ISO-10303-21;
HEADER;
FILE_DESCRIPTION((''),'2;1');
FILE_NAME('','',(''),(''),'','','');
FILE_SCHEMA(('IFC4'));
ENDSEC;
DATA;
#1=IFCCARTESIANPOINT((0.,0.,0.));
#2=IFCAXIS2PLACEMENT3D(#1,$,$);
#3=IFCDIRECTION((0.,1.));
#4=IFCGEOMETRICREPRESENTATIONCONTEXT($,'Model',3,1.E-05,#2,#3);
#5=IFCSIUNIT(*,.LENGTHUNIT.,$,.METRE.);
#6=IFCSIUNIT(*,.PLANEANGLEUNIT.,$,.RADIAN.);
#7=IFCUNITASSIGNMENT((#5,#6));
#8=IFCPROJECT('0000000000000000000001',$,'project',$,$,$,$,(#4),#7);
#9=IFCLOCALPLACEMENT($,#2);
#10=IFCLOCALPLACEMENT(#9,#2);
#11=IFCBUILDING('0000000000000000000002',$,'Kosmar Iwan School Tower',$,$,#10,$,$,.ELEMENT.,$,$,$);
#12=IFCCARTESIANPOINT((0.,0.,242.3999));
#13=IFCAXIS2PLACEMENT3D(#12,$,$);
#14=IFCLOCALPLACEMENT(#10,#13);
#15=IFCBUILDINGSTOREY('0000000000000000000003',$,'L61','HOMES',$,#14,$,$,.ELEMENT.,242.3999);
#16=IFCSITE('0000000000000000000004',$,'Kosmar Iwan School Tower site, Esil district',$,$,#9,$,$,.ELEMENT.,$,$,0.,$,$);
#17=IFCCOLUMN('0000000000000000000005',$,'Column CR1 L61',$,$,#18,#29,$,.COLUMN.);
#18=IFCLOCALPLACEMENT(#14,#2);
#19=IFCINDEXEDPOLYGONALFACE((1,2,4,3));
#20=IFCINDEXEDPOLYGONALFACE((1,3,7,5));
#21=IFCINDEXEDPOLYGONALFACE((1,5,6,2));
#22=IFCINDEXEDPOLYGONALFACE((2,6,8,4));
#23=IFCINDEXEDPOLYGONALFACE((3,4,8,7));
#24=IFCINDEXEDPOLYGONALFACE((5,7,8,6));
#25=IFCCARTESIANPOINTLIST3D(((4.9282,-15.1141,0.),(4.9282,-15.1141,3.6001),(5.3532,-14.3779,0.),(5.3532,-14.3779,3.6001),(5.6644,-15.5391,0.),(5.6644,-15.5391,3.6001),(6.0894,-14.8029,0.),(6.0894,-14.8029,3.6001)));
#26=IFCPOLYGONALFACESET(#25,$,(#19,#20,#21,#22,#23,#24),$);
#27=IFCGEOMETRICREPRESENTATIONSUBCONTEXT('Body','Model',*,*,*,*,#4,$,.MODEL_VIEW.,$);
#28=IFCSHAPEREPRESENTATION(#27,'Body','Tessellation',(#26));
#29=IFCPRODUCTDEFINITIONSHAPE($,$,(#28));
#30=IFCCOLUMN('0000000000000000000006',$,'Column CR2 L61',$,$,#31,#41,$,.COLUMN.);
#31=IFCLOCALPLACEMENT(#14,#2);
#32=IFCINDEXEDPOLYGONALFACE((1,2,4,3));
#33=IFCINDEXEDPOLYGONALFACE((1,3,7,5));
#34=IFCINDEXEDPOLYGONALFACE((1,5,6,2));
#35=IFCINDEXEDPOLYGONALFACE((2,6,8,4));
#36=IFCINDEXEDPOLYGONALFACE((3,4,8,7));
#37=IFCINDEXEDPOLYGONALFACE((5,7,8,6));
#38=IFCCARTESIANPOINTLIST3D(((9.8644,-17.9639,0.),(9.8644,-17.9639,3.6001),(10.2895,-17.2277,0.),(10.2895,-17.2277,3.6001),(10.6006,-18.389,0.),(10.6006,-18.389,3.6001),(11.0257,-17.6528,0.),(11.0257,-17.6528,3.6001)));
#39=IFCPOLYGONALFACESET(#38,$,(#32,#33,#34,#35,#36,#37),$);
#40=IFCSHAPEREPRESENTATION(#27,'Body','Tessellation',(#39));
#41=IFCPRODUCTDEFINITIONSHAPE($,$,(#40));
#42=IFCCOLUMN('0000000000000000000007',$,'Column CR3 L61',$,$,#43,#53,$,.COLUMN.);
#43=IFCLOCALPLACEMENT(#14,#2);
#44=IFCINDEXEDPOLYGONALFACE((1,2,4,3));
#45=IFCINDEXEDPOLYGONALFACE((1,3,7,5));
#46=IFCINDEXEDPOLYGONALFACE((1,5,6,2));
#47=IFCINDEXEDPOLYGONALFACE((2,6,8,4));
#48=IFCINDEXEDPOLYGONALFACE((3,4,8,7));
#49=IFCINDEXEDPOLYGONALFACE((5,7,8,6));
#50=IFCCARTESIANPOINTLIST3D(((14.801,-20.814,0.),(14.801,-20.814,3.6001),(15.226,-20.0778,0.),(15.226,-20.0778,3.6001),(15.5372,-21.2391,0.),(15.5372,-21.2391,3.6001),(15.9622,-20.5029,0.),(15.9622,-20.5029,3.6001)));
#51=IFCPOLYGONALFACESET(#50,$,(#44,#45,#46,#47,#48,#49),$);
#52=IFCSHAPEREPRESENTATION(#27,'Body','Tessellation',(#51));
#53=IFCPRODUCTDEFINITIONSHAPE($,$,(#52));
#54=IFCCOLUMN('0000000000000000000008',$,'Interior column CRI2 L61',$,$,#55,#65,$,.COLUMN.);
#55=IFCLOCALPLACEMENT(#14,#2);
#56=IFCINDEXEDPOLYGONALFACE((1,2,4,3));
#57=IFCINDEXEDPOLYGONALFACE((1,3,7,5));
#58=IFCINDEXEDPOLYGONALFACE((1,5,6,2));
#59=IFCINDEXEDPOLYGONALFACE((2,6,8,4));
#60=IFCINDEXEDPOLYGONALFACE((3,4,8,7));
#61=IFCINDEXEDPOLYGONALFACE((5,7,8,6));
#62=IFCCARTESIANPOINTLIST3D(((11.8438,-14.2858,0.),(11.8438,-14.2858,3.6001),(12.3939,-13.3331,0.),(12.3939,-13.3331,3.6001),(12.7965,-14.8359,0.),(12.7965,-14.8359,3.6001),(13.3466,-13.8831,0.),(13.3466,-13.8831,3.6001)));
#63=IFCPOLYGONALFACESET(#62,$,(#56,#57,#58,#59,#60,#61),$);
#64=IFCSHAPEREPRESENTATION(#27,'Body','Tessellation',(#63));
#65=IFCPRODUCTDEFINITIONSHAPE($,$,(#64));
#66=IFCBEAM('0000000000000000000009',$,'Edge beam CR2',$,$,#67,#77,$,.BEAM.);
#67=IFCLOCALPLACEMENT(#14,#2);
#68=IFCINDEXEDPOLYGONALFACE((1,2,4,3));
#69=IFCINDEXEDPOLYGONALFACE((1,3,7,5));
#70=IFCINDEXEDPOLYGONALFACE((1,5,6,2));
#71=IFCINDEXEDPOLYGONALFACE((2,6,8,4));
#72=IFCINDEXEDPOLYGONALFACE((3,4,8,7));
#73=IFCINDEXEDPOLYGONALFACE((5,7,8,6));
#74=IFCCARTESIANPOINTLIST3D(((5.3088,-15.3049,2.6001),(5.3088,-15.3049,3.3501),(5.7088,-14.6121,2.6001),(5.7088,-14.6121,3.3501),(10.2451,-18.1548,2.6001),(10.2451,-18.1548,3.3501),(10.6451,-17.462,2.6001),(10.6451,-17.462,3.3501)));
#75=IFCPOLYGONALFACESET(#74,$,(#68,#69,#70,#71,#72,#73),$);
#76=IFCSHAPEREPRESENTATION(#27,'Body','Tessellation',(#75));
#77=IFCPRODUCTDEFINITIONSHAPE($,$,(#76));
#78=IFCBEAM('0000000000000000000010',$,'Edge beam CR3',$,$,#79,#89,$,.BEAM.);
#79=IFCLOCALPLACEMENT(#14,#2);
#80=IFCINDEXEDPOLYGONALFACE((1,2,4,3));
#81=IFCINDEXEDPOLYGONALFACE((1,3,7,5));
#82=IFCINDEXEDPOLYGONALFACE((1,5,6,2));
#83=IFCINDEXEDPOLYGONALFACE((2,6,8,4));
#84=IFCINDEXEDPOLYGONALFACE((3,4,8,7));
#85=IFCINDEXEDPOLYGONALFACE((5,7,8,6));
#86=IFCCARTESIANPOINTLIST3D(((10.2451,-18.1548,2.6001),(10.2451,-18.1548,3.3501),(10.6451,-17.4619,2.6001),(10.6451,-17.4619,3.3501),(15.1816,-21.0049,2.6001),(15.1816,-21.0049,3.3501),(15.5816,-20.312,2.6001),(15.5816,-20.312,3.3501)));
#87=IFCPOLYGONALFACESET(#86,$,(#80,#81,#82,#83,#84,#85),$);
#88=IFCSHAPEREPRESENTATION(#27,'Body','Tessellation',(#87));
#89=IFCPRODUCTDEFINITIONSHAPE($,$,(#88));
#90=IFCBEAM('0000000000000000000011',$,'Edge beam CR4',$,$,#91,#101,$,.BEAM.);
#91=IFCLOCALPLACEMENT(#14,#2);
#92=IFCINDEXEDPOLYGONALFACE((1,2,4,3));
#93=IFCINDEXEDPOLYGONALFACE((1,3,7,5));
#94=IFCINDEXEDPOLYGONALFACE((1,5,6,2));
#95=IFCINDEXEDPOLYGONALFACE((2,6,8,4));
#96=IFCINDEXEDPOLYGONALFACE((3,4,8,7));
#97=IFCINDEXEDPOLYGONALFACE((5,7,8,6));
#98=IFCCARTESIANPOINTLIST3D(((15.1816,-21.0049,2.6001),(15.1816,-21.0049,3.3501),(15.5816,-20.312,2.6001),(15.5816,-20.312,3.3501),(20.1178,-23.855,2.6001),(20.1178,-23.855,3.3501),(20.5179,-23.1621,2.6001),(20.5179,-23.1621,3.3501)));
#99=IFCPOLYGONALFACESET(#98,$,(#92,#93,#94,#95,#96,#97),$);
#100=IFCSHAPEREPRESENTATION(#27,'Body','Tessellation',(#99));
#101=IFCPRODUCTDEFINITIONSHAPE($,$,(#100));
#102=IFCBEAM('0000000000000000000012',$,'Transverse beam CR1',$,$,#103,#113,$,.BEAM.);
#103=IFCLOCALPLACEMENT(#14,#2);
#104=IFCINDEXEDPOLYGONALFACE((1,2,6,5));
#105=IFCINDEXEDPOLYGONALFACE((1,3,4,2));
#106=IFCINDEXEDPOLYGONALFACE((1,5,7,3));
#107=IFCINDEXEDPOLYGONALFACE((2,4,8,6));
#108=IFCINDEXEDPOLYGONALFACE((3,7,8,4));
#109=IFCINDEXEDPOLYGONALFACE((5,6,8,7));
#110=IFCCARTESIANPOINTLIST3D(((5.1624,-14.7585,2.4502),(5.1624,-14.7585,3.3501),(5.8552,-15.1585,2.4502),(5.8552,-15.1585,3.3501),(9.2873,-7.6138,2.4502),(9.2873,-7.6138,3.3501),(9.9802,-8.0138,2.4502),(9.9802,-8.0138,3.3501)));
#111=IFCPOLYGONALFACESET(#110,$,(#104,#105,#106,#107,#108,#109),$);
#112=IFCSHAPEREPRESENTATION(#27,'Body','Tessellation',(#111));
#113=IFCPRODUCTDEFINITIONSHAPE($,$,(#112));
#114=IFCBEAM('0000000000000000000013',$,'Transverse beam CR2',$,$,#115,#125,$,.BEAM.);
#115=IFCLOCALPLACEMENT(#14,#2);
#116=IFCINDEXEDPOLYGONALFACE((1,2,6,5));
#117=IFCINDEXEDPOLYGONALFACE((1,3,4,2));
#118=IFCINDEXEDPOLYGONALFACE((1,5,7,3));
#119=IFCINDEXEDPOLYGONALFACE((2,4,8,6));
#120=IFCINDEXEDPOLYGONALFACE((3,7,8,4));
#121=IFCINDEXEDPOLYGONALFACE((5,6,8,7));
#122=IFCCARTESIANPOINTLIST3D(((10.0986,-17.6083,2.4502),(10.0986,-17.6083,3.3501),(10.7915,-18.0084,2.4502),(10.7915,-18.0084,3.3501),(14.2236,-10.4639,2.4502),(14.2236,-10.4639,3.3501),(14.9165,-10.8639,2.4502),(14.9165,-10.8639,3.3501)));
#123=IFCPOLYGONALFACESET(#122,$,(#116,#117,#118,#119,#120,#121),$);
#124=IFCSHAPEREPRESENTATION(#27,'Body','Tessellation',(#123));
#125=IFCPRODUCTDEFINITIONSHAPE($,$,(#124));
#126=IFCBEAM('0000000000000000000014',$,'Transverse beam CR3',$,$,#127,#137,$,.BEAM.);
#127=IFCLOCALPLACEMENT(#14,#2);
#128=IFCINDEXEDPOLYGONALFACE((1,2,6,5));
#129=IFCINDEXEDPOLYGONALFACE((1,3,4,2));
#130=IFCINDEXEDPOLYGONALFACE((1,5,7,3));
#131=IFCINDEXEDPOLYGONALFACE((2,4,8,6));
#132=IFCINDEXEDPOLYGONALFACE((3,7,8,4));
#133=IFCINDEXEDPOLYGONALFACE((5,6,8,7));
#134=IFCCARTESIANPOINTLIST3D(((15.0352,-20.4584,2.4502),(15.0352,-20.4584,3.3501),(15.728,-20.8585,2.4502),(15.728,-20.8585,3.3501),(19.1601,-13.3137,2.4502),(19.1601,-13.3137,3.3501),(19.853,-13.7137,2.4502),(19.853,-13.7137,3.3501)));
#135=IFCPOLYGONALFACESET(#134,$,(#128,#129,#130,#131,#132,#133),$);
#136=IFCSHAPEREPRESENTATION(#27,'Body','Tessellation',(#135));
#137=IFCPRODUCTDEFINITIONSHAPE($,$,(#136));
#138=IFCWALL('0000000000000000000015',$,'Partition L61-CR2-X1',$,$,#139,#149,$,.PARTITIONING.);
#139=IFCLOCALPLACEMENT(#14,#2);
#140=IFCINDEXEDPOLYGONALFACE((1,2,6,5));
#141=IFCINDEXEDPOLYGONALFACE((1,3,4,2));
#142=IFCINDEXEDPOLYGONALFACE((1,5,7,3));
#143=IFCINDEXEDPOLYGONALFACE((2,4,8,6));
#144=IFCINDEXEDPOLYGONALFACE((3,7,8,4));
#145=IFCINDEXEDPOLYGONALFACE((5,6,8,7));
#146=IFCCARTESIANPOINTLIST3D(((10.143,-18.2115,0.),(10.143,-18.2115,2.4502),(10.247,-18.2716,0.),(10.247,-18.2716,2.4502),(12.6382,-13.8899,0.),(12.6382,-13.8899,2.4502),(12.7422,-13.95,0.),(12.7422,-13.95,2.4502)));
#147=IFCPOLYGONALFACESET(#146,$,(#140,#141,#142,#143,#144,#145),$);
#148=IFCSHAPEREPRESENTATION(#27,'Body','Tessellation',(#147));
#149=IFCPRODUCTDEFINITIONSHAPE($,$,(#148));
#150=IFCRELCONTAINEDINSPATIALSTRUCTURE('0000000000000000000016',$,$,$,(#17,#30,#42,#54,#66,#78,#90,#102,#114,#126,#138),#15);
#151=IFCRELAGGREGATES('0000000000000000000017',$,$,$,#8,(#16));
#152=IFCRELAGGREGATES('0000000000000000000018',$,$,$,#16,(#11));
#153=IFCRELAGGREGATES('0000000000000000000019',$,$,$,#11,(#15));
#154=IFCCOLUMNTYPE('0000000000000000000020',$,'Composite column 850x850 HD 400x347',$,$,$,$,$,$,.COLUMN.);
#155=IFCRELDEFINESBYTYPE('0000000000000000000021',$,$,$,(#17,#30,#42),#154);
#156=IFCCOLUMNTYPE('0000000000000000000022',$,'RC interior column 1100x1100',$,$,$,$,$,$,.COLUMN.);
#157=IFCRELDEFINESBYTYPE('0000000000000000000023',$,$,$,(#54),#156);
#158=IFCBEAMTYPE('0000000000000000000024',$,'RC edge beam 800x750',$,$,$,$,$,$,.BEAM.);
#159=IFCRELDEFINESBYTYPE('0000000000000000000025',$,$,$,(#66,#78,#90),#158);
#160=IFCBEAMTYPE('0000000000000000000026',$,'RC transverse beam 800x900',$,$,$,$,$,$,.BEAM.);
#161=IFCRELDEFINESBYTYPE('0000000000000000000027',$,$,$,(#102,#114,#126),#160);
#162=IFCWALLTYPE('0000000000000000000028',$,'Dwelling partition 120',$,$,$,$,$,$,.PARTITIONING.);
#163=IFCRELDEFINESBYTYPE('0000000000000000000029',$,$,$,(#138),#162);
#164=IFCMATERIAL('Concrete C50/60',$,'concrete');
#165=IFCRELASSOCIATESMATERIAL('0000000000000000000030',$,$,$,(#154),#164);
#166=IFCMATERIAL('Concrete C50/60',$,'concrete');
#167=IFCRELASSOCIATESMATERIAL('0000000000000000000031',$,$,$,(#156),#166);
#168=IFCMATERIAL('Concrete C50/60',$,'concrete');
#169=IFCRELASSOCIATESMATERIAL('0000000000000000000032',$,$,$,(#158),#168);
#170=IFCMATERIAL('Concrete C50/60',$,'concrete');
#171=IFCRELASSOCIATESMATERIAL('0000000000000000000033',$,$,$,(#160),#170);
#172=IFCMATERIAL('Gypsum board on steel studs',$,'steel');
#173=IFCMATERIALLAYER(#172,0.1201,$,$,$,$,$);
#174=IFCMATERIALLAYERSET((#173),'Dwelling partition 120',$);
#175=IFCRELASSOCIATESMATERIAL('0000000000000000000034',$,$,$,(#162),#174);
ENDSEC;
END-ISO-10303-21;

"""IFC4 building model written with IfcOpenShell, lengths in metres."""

from ifc_helpers import new_model, si_unit, direction, frame, frame_2d, origin, origin_2d, place, context, subcontext, project, spatial, rectangle, extrude, material, layer, layer_set, material_profile, profile_set, type_object, element, save


model = new_model("IFC4")

# Units and contexts
model_context = context("Model", 3, precision=1e-05, world=origin(), true_north=direction((0.0, 1.0)))
body_context = subcontext(model_context, "Body", "Model", "MODEL_VIEW")
ifc_project = project(units=[si_unit("LENGTHUNIT", "METRE"), si_unit("PLANEANGLEUNIT", "RADIAN")], contexts=[model_context])

# Site, building, storey
site_placement = place(None, origin())
site = spatial("IfcSite", under=ifc_project, at=site_placement, Name="Kosmar Iwan School Tower site, Esil district", CompositionType="ELEMENT", RefElevation=0.0)
building_placement = place(site_placement, origin())
building = spatial("IfcBuilding", under=site, at=building_placement, Name="Kosmar Iwan School Tower", CompositionType="ELEMENT")
storey_placement = place(building_placement, frame((0.0, 0.0, 242.3999)))
storey = spatial("IfcBuildingStorey", under=building, at=storey_placement, Name="L61", Description="HOMES", CompositionType="ELEMENT", Elevation=242.3999)

# Columns
ifc_material_1 = material(Name="Concrete C50/60", Category="concrete")
ifc_material_profile_1 = material_profile(ifc_material_1, rectangle(XDim=0.8501, YDim=0.8501, at=origin_2d()), Name="RC 850x850 + HD 400x347")
ifc_profile_set_1 = profile_set([ifc_material_profile_1], Name="Concrete C50/60")
column_type_1 = type_object("IfcColumnType", Name="Composite column 850x850 HD 400x347", PredefinedType="COLUMN", material=ifc_profile_set_1)
for number, where, z_axis, x_axis, name in (
    (1, (5.5088, -14.9585, 0.0), (0.0, 0.0, 1.0), (0.866025, -0.5, 0.0), "Column CR1 L61"),
    (2, (10.4451, -17.8083, 0.0), (0.0, 0.0, 1.0), (0.866025, -0.5, 0.0), "Column CR2 L61"),
    (3, (15.3816, -20.6584, 0.0), (0.0, 0.0, 1.0), (0.866025, -0.5, 0.0), "Column CR3 L61"),
):
    element("IfcColumn", number, at=place(storey_placement, frame(where, z_axis=z_axis, x_axis=x_axis)), inside=storey, type_object=column_type_1, Name=name, PredefinedType="COLUMN", context=body_context, shape_type="SweptSolid", body=[
        extrude(rectangle(XDim=0.8501, YDim=0.8501, at=origin_2d()), origin(), (0.0, 0.0, 1.0), 3.6001),
    ])
ifc_material_2 = material(Name="Concrete C50/60", Category="concrete")
ifc_material_profile_2 = material_profile(ifc_material_2, rectangle(XDim=1.1001, YDim=1.1001, at=origin_2d()), Name="RC 1100x1100")
ifc_profile_set_2 = profile_set([ifc_material_profile_2], Name="Concrete C50/60")
column_type_2 = type_object("IfcColumnType", Name="RC interior column 1100x1100", PredefinedType="COLUMN", material=ifc_profile_set_2)
column_placement = place(storey_placement, frame((12.5952, -14.0845, 0.0), z_axis=(0.0, 0.0, 1.0), x_axis=(0.866025, -0.5, 0.0)))
element("IfcColumn", 4, at=column_placement, inside=storey, type_object=column_type_2, Name="Interior column CRI2 L61", PredefinedType="COLUMN", context=body_context, shape_type="SweptSolid", body=[
    extrude(rectangle(XDim=1.1001, YDim=1.1001, at=origin_2d()), origin(), (0.0, 0.0, 1.0), 3.6001),
])

# Beams
ifc_material_3 = material(Name="Concrete C50/60", Category="concrete")
ifc_material_profile_3 = material_profile(ifc_material_3, rectangle(XDim=0.8, YDim=0.75, at=origin_2d()), Name="RC 800x750")
ifc_profile_set_3 = profile_set([ifc_material_profile_3], Name="Concrete C50/60")
beam_type_1 = type_object("IfcBeamType", Name="RC edge beam 800x750", PredefinedType="BEAM", material=ifc_profile_set_3)
beam_1_placement = place(storey_placement, frame((5.5088, -14.9585, 2.9751), z_axis=(0.866034, -0.499986, 0.0), x_axis=(0.499986, 0.866034, 0.0)))
element("IfcBeam", 5, at=beam_1_placement, inside=storey, type_object=beam_type_1, Name="Edge beam CR2", PredefinedType="BEAM", context=body_context, shape_type="SweptSolid", body=[
    extrude(rectangle(XDim=0.8, YDim=0.75, at=origin_2d()), origin(), (0.0, 0.0, 1.0), 5.7),
])
beam_2_placement = place(storey_placement, frame((10.4451, -17.8083, 2.9751), z_axis=(0.866026, -0.499999, 0.0), x_axis=(0.499999, 0.866026, 0.0)))
element("IfcBeam", 6, at=beam_2_placement, inside=storey, type_object=beam_type_1, Name="Edge beam CR3", PredefinedType="BEAM", context=body_context, shape_type="SweptSolid", body=[
    extrude(rectangle(XDim=0.8, YDim=0.75, at=origin_2d()), origin(), (0.0, 0.0, 1.0), 5.7002),
])
beam_3_placement = place(storey_placement, frame((15.3816, -20.6584, 2.9751), z_axis=(0.866015, -0.500018, 0.0), x_axis=(0.500018, 0.866015, 0.0)))
element("IfcBeam", 7, at=beam_3_placement, inside=storey, type_object=beam_type_1, Name="Edge beam CR4", PredefinedType="BEAM", context=body_context, shape_type="SweptSolid", body=[
    extrude(rectangle(XDim=0.8, YDim=0.75, at=origin_2d()), origin(), (0.0, 0.0, 1.0), 5.7),
])
ifc_material_4 = material(Name="Concrete C50/60", Category="concrete")
ifc_material_profile_4 = material_profile(ifc_material_4, rectangle(XDim=0.8, YDim=0.8999, at=origin_2d()), Name="RC 800x900")
ifc_profile_set_4 = profile_set([ifc_material_profile_4], Name="Concrete C50/60")
beam_type_2 = type_object("IfcBeamType", Name="RC transverse beam 800x900", PredefinedType="BEAM", material=ifc_profile_set_4)
beam_4_placement = place(storey_placement, frame((5.5088, -14.9585, 2.9001), z_axis=(0.499997, 0.866027, 0.0), x_axis=(-0.866027, 0.499997, 0.0)))
element("IfcBeam", 8, at=beam_4_placement, inside=storey, type_object=beam_type_2, Name="Transverse beam CR1", PredefinedType="BEAM", context=body_context, shape_type="SweptSolid", body=[
    extrude(rectangle(XDim=0.8, YDim=0.8999, at=origin_2d()), origin(), (0.0, 0.0, 1.0), 8.25),
])
beam_5_placement = place(storey_placement, frame((10.4451, -17.8083, 2.9001), z_axis=(0.500009, 0.86602, 0.0), x_axis=(-0.86602, 0.500009, 0.0)))
element("IfcBeam", 9, at=beam_5_placement, inside=storey, type_object=beam_type_2, Name="Transverse beam CR2", PredefinedType="BEAM", context=body_context, shape_type="SweptSolid", body=[
    extrude(rectangle(XDim=0.8, YDim=0.8999, at=origin_2d()), origin(), (0.0, 0.0, 1.0), 8.2498),
])
beam_6_placement = place(storey_placement, frame((15.3816, -20.6584, 2.9001), z_axis=(0.499997, 0.866027, 0.0), x_axis=(-0.866027, 0.499997, 0.0)))
element("IfcBeam", 10, at=beam_6_placement, inside=storey, type_object=beam_type_2, Name="Transverse beam CR3", PredefinedType="BEAM", context=body_context, shape_type="SweptSolid", body=[
    extrude(rectangle(XDim=0.8, YDim=0.8999, at=origin_2d()), origin(), (0.0, 0.0, 1.0), 8.25),
])

# Wall
ifc_material_5 = material(Name="Gypsum board on steel studs", Category="steel")
ifc_layer = layer(ifc_material_5, 0.1201)
ifc_layer_set = layer_set([ifc_layer], Name="Dwelling partition 120")
wall_type = type_object("IfcWallType", Name="Dwelling partition 120", PredefinedType="PARTITIONING", material=ifc_layer_set)
wall_placement = place(storey_placement, frame((12.6902, -13.9199, 0.0), z_axis=(0.0, 0.0, 1.0), x_axis=(-0.500012, -0.866019, 0.0)))
element("IfcWall", 11, at=wall_placement, inside=storey, type_object=wall_type, Name="Partition L61-CR2-X1", PredefinedType="PARTITIONING", context=body_context, shape_type="SweptSolid", body=[
    extrude(rectangle(XDim=4.9902, YDim=0.1201, at=frame_2d((2.4951, 0.0))), origin(), (0.0, 0.0, 1.0), 2.4502),
])

save(model, "model.ifc")
